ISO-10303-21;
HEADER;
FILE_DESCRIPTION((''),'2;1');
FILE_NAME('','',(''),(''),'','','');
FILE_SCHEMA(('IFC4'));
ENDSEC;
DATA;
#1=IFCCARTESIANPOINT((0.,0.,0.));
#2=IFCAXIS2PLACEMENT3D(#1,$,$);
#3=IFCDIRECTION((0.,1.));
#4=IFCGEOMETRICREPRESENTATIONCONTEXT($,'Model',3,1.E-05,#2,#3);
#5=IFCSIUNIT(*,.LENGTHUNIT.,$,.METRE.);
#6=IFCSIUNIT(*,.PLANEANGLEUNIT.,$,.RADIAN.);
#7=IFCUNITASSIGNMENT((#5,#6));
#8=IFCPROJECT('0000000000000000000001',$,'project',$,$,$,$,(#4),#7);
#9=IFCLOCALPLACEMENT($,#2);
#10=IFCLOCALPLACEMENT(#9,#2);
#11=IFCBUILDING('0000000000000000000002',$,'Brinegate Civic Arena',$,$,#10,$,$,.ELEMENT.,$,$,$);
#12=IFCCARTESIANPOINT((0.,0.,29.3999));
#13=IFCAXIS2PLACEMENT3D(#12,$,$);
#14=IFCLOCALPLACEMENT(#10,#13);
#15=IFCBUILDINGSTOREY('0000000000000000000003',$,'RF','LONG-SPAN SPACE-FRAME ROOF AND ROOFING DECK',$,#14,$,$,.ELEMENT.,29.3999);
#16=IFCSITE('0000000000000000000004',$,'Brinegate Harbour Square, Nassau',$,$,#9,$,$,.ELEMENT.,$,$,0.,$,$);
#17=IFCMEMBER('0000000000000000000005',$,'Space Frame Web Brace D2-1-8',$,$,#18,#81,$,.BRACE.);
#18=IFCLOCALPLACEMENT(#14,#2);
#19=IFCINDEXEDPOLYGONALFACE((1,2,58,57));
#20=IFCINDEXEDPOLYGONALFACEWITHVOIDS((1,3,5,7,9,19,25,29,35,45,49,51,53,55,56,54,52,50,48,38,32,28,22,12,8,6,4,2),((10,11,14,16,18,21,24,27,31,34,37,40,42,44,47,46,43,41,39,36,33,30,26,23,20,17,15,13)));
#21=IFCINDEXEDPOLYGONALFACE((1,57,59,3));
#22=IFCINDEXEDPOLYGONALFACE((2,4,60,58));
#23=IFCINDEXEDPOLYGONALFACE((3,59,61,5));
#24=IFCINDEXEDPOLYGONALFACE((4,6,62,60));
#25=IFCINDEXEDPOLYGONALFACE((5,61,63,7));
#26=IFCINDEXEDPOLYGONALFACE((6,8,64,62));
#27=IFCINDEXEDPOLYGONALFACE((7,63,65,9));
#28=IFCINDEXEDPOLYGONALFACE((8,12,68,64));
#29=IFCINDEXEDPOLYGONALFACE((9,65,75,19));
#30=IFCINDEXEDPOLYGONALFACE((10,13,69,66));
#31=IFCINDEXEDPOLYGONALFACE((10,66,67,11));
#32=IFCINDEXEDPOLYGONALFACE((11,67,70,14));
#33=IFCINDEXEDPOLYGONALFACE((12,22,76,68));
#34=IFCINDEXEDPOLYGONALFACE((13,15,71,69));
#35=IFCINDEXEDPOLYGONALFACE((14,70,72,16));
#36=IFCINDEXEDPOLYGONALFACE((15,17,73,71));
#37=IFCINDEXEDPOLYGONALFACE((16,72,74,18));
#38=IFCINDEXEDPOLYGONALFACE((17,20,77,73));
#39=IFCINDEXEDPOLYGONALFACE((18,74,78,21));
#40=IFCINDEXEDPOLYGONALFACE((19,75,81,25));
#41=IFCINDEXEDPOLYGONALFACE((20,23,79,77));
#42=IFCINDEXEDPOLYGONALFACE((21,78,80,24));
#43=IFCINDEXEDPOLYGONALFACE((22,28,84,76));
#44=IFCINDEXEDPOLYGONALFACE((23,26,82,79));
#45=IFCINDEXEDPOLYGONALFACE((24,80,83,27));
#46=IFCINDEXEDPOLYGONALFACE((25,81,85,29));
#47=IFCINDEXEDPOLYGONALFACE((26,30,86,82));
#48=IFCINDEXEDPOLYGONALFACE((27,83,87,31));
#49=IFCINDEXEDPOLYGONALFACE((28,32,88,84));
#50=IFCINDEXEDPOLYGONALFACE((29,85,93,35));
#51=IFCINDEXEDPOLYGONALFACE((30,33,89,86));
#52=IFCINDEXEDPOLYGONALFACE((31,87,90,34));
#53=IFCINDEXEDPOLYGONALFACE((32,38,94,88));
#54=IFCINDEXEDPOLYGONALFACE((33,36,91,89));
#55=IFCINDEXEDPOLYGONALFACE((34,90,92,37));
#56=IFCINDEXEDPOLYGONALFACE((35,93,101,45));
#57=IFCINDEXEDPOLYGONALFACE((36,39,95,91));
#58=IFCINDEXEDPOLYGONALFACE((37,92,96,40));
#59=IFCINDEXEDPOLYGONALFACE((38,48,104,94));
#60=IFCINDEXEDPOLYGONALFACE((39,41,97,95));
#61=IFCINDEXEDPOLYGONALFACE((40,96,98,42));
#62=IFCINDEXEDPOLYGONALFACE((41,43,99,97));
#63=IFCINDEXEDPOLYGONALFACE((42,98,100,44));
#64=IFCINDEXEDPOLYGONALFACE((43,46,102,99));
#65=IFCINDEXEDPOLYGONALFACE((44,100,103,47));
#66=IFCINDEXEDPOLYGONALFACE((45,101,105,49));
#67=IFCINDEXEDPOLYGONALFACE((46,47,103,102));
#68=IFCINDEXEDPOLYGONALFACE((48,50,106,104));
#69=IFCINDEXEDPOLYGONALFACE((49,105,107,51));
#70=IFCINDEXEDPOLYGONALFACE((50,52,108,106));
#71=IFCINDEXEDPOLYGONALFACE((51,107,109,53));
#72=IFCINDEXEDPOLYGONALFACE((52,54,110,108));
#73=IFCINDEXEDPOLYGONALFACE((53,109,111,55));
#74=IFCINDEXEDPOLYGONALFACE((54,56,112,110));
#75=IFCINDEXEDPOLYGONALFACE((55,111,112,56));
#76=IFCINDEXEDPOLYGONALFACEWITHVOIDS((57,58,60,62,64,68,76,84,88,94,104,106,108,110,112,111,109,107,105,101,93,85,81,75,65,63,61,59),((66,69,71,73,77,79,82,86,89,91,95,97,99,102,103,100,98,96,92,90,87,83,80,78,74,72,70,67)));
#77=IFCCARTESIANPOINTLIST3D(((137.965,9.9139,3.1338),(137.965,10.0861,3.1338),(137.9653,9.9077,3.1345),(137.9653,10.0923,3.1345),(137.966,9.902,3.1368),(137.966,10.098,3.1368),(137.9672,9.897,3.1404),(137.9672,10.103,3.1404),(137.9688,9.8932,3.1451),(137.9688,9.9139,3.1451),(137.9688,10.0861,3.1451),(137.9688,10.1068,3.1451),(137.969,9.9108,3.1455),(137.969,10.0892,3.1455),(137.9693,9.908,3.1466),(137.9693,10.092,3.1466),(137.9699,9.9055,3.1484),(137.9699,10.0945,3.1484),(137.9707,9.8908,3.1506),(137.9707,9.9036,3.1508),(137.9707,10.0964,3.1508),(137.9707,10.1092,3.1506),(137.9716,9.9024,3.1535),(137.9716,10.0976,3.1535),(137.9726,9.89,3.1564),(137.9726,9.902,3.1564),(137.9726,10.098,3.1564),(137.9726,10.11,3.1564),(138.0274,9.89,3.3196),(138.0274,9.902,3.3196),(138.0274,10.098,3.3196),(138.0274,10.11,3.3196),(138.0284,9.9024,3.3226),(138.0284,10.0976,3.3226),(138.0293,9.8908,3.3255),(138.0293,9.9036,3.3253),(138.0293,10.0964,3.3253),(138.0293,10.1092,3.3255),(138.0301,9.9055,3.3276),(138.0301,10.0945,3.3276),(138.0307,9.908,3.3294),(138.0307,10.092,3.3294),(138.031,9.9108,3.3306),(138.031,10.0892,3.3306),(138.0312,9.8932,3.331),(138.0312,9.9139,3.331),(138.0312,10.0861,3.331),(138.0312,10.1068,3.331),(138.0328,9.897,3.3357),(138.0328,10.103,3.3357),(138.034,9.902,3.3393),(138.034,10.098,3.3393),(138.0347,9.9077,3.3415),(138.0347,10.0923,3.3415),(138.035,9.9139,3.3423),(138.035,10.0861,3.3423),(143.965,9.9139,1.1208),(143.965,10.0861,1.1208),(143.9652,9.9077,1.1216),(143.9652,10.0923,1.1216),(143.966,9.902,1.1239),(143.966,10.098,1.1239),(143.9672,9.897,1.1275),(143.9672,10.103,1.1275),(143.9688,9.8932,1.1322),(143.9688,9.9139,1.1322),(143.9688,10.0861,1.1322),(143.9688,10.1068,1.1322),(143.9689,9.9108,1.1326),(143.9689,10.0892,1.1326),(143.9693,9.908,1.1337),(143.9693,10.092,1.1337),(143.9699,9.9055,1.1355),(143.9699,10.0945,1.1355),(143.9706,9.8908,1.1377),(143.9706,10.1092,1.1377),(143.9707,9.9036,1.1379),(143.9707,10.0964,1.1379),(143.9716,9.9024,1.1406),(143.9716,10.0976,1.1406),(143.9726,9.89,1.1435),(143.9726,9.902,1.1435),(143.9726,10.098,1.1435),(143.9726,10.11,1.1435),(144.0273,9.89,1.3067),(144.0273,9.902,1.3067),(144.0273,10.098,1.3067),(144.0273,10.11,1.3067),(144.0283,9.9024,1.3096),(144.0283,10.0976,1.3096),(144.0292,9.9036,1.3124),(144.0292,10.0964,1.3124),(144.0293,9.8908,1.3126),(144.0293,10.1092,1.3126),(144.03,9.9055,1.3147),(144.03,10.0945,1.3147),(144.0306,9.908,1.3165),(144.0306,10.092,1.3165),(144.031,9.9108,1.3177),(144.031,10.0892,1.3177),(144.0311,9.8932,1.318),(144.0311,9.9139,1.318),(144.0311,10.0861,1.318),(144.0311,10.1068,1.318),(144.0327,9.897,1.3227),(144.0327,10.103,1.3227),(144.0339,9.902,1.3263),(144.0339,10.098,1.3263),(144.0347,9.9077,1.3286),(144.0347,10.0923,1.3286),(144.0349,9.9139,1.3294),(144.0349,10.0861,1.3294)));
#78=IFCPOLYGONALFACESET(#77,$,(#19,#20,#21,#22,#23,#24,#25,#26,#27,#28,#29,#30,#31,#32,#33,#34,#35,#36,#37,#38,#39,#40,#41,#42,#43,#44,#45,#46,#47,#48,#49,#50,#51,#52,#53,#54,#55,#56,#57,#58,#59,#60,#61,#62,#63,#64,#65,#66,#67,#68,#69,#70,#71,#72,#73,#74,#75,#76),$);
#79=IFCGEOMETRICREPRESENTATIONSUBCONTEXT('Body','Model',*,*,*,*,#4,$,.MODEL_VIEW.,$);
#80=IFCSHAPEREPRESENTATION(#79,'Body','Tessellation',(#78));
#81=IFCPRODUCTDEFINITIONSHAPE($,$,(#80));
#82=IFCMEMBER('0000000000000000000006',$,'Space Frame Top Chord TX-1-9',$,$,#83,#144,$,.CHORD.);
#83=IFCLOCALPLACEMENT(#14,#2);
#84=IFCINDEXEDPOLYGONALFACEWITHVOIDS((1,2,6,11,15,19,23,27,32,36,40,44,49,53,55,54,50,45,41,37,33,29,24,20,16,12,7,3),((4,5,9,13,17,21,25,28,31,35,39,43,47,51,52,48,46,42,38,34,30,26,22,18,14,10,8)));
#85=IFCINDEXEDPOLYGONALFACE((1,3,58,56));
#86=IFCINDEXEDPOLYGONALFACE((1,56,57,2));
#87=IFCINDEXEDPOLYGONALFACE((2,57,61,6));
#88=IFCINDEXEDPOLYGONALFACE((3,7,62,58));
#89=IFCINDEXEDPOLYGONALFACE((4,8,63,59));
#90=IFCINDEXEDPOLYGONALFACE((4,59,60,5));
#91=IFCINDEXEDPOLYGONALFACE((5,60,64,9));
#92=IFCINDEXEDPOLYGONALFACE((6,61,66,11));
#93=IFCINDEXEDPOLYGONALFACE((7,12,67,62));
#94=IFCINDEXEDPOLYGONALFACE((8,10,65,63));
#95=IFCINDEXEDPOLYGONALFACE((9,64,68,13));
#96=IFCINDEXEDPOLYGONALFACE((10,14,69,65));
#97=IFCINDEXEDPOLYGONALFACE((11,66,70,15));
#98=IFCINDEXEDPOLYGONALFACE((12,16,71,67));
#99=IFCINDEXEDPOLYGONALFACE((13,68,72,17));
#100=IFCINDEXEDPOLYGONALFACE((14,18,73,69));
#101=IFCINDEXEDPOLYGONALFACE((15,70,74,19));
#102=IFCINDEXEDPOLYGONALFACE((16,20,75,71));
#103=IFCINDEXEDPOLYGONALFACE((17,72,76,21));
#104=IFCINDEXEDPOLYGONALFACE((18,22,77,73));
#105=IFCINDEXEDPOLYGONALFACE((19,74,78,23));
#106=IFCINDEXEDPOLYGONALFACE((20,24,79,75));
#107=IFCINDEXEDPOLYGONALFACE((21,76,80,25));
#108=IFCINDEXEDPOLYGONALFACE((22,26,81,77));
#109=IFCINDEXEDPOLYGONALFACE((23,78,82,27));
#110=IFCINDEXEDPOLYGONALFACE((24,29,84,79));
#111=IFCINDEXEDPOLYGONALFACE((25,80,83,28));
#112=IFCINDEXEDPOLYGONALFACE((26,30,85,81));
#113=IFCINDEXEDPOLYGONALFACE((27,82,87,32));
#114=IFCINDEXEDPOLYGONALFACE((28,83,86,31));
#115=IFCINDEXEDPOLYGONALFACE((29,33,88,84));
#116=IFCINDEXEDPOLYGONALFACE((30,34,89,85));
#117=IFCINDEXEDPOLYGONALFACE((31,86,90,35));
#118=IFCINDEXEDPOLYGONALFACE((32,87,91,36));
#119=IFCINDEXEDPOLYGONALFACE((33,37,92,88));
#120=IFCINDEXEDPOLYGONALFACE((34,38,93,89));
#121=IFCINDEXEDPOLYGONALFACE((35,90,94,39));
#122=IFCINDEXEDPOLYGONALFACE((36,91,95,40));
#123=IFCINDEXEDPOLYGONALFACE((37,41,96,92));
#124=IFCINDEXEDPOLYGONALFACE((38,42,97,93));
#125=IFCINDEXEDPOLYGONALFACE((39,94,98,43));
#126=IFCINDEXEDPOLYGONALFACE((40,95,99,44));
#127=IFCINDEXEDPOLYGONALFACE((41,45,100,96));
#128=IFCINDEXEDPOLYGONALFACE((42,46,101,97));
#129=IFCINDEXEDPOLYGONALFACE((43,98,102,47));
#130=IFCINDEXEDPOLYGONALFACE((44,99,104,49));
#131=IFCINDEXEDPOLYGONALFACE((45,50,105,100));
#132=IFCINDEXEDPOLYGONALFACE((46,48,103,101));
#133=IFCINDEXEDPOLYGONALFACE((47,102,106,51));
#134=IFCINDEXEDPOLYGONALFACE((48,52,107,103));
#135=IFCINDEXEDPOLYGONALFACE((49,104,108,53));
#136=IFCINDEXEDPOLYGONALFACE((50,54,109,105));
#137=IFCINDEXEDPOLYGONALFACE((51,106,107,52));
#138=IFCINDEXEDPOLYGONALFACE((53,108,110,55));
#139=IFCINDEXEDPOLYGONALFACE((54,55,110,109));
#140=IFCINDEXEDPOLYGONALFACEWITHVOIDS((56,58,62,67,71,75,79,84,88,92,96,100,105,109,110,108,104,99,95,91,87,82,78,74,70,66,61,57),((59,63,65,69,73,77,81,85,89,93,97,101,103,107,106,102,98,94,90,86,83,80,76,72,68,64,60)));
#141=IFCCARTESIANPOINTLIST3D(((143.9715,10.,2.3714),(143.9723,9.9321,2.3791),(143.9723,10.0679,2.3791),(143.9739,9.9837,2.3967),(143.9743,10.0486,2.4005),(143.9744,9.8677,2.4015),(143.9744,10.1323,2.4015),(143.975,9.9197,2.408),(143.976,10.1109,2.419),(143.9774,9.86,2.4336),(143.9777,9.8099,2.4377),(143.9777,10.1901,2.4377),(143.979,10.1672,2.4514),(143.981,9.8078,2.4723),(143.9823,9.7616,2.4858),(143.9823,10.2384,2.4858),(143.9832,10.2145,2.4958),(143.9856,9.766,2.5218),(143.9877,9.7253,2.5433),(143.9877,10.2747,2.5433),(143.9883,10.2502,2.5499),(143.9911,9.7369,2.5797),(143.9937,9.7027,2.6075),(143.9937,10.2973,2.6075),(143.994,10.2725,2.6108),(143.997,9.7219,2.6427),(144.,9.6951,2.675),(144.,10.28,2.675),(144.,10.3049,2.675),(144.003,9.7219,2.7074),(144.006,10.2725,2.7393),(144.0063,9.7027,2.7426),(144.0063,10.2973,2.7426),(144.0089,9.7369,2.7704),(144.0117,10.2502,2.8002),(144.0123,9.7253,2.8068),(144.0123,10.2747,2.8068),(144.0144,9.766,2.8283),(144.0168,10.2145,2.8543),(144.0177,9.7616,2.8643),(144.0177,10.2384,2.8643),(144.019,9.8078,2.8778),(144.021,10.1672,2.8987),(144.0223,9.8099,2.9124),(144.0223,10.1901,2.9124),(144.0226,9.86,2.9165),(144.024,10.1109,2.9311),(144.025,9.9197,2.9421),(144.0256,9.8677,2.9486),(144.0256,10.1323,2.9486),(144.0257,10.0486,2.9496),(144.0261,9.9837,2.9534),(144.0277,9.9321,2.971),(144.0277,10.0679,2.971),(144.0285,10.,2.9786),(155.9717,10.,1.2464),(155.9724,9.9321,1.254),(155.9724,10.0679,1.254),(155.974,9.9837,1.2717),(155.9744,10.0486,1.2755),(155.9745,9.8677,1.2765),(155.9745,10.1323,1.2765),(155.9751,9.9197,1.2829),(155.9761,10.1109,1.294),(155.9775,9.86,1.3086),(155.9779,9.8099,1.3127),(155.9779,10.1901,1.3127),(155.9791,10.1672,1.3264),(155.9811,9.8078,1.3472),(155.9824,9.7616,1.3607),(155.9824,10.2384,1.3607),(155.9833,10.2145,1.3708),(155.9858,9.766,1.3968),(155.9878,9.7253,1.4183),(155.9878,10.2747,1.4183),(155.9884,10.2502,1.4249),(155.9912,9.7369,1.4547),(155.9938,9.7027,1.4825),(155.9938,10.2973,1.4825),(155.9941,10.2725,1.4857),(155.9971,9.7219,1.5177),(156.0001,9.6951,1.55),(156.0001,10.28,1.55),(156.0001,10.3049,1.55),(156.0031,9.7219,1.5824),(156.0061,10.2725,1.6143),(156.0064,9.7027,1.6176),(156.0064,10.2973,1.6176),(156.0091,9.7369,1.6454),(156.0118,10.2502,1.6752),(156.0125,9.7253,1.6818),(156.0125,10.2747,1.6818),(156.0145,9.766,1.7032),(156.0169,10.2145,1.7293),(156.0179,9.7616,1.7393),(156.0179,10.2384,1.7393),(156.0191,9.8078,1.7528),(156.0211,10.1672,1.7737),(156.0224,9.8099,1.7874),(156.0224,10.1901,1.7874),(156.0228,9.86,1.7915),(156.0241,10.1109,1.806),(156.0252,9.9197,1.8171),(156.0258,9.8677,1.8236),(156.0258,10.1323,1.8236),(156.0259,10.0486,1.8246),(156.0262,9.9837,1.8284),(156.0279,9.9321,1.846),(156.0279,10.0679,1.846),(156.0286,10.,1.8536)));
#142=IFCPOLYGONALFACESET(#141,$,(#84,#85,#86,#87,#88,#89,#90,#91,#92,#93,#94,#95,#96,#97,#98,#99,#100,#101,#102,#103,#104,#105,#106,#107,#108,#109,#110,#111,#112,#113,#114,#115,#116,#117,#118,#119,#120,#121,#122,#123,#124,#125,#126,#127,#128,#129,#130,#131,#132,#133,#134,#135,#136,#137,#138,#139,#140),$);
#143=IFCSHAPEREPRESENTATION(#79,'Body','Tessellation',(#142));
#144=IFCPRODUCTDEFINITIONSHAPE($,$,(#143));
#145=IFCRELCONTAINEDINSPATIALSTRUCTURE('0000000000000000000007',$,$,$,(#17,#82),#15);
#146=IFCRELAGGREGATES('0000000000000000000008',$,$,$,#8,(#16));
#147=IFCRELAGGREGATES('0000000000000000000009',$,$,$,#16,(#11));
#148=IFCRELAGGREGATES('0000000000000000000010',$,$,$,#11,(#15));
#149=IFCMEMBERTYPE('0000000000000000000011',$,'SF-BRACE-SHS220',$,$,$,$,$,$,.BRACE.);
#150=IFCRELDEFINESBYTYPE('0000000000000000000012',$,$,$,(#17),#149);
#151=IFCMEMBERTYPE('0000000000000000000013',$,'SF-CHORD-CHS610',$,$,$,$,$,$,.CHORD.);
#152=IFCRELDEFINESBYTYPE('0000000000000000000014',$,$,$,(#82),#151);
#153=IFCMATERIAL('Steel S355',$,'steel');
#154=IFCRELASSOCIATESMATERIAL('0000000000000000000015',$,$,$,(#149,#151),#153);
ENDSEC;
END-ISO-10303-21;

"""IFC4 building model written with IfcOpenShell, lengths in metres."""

from ifc_helpers import new_model, si_unit, direction, frame, origin, origin_2d, place, context, subcontext, project, spatial, hollow_rectangle, hollow_circle, extrude, material, material_profile, profile_set, type_object, element, save


model = new_model("IFC4")

# Units and contexts
model_context = context("Model", 3, precision=1e-05, world=origin(), true_north=direction((0.0, 1.0)))
body_context = subcontext(model_context, "Body", "Model", "MODEL_VIEW")
ifc_project = project(units=[si_unit("LENGTHUNIT", "METRE"), si_unit("PLANEANGLEUNIT", "RADIAN")], contexts=[model_context])

# Site, building, storey
site_placement = place(None, origin())
site = spatial("IfcSite", under=ifc_project, at=site_placement, Name="Brinegate Harbour Square, Nassau", CompositionType="ELEMENT", RefElevation=0.0)
building_placement = place(site_placement, origin())
building = spatial("IfcBuilding", under=site, at=building_placement, Name="Brinegate Civic Arena", CompositionType="ELEMENT")
storey_placement = place(building_placement, frame((0.0, 0.0, 29.3999)))
storey = spatial("IfcBuildingStorey", under=building, at=storey_placement, Name="RF", Description="LONG-SPAN SPACE-FRAME ROOF AND ROOFING DECK", CompositionType="ELEMENT", Elevation=29.3999)

# Shared definitions
ifc_material_1 = material(Name="Steel S355", Category="steel")

# Members
ifc_material_profile_1 = material_profile(ifc_material_1, hollow_rectangle(XDim=0.22, YDim=0.22, WallThickness=0.012, InnerFilletRadius=0.012, OuterFilletRadius=0.0239, at=origin_2d()), Name="SHS220X12")
ifc_profile_set_1 = profile_set([ifc_material_profile_1], Name="Steel S355")
member_type_1 = type_object("IfcMemberType", Name="SF-BRACE-SHS220", PredefinedType="BRACE", material=ifc_profile_set_1)
member_1_placement = place(storey_placement, frame((138.0, 10.0, 3.238), z_axis=(0.948068, 0.0, -0.318067), x_axis=(0.0, 1.0, 0.0)))
element("IfcMember", 1, at=member_1_placement, inside=storey, type_object=member_type_1, Name="Space Frame Web Brace D2-1-8", PredefinedType="BRACE", context=body_context, shape_type="SweptSolid", body=[
    extrude(hollow_rectangle(XDim=0.22, YDim=0.22, WallThickness=0.012, InnerFilletRadius=0.012, OuterFilletRadius=0.0239, at=origin_2d()), origin(), (0.0, 0.0, 1.0), 6.3286),
])
ifc_material_profile_2 = material_profile(ifc_material_1, hollow_circle(Radius=0.3049, WallThickness=0.0249, at=origin_2d()), Name="CHS610X25")
ifc_profile_set_2 = profile_set([ifc_material_profile_2], Name="Steel S355")
member_type_2 = type_object("IfcMemberType", Name="SF-CHORD-CHS610", PredefinedType="CHORD", material=ifc_profile_set_2)
for number, where, z_axis, x_axis, name in (
    (2, (144.0, 10.0, 2.675), (0.995634, 0.0, -0.093341), (0.0, 1.0, 0.0), "Space Frame Top Chord TX-1-9"),
):
    element("IfcMember", number, at=place(storey_placement, frame(where, z_axis=z_axis, x_axis=x_axis)), inside=storey, type_object=member_type_2, Name=name, PredefinedType="CHORD", context=body_context, shape_type="SweptSolid", body=[
        extrude(hollow_circle(Radius=0.3049, WallThickness=0.0249, at=origin_2d()), origin(), (0.0, 0.0, 1.0), 12.0527),
    ])

save(model, "model.ifc")
